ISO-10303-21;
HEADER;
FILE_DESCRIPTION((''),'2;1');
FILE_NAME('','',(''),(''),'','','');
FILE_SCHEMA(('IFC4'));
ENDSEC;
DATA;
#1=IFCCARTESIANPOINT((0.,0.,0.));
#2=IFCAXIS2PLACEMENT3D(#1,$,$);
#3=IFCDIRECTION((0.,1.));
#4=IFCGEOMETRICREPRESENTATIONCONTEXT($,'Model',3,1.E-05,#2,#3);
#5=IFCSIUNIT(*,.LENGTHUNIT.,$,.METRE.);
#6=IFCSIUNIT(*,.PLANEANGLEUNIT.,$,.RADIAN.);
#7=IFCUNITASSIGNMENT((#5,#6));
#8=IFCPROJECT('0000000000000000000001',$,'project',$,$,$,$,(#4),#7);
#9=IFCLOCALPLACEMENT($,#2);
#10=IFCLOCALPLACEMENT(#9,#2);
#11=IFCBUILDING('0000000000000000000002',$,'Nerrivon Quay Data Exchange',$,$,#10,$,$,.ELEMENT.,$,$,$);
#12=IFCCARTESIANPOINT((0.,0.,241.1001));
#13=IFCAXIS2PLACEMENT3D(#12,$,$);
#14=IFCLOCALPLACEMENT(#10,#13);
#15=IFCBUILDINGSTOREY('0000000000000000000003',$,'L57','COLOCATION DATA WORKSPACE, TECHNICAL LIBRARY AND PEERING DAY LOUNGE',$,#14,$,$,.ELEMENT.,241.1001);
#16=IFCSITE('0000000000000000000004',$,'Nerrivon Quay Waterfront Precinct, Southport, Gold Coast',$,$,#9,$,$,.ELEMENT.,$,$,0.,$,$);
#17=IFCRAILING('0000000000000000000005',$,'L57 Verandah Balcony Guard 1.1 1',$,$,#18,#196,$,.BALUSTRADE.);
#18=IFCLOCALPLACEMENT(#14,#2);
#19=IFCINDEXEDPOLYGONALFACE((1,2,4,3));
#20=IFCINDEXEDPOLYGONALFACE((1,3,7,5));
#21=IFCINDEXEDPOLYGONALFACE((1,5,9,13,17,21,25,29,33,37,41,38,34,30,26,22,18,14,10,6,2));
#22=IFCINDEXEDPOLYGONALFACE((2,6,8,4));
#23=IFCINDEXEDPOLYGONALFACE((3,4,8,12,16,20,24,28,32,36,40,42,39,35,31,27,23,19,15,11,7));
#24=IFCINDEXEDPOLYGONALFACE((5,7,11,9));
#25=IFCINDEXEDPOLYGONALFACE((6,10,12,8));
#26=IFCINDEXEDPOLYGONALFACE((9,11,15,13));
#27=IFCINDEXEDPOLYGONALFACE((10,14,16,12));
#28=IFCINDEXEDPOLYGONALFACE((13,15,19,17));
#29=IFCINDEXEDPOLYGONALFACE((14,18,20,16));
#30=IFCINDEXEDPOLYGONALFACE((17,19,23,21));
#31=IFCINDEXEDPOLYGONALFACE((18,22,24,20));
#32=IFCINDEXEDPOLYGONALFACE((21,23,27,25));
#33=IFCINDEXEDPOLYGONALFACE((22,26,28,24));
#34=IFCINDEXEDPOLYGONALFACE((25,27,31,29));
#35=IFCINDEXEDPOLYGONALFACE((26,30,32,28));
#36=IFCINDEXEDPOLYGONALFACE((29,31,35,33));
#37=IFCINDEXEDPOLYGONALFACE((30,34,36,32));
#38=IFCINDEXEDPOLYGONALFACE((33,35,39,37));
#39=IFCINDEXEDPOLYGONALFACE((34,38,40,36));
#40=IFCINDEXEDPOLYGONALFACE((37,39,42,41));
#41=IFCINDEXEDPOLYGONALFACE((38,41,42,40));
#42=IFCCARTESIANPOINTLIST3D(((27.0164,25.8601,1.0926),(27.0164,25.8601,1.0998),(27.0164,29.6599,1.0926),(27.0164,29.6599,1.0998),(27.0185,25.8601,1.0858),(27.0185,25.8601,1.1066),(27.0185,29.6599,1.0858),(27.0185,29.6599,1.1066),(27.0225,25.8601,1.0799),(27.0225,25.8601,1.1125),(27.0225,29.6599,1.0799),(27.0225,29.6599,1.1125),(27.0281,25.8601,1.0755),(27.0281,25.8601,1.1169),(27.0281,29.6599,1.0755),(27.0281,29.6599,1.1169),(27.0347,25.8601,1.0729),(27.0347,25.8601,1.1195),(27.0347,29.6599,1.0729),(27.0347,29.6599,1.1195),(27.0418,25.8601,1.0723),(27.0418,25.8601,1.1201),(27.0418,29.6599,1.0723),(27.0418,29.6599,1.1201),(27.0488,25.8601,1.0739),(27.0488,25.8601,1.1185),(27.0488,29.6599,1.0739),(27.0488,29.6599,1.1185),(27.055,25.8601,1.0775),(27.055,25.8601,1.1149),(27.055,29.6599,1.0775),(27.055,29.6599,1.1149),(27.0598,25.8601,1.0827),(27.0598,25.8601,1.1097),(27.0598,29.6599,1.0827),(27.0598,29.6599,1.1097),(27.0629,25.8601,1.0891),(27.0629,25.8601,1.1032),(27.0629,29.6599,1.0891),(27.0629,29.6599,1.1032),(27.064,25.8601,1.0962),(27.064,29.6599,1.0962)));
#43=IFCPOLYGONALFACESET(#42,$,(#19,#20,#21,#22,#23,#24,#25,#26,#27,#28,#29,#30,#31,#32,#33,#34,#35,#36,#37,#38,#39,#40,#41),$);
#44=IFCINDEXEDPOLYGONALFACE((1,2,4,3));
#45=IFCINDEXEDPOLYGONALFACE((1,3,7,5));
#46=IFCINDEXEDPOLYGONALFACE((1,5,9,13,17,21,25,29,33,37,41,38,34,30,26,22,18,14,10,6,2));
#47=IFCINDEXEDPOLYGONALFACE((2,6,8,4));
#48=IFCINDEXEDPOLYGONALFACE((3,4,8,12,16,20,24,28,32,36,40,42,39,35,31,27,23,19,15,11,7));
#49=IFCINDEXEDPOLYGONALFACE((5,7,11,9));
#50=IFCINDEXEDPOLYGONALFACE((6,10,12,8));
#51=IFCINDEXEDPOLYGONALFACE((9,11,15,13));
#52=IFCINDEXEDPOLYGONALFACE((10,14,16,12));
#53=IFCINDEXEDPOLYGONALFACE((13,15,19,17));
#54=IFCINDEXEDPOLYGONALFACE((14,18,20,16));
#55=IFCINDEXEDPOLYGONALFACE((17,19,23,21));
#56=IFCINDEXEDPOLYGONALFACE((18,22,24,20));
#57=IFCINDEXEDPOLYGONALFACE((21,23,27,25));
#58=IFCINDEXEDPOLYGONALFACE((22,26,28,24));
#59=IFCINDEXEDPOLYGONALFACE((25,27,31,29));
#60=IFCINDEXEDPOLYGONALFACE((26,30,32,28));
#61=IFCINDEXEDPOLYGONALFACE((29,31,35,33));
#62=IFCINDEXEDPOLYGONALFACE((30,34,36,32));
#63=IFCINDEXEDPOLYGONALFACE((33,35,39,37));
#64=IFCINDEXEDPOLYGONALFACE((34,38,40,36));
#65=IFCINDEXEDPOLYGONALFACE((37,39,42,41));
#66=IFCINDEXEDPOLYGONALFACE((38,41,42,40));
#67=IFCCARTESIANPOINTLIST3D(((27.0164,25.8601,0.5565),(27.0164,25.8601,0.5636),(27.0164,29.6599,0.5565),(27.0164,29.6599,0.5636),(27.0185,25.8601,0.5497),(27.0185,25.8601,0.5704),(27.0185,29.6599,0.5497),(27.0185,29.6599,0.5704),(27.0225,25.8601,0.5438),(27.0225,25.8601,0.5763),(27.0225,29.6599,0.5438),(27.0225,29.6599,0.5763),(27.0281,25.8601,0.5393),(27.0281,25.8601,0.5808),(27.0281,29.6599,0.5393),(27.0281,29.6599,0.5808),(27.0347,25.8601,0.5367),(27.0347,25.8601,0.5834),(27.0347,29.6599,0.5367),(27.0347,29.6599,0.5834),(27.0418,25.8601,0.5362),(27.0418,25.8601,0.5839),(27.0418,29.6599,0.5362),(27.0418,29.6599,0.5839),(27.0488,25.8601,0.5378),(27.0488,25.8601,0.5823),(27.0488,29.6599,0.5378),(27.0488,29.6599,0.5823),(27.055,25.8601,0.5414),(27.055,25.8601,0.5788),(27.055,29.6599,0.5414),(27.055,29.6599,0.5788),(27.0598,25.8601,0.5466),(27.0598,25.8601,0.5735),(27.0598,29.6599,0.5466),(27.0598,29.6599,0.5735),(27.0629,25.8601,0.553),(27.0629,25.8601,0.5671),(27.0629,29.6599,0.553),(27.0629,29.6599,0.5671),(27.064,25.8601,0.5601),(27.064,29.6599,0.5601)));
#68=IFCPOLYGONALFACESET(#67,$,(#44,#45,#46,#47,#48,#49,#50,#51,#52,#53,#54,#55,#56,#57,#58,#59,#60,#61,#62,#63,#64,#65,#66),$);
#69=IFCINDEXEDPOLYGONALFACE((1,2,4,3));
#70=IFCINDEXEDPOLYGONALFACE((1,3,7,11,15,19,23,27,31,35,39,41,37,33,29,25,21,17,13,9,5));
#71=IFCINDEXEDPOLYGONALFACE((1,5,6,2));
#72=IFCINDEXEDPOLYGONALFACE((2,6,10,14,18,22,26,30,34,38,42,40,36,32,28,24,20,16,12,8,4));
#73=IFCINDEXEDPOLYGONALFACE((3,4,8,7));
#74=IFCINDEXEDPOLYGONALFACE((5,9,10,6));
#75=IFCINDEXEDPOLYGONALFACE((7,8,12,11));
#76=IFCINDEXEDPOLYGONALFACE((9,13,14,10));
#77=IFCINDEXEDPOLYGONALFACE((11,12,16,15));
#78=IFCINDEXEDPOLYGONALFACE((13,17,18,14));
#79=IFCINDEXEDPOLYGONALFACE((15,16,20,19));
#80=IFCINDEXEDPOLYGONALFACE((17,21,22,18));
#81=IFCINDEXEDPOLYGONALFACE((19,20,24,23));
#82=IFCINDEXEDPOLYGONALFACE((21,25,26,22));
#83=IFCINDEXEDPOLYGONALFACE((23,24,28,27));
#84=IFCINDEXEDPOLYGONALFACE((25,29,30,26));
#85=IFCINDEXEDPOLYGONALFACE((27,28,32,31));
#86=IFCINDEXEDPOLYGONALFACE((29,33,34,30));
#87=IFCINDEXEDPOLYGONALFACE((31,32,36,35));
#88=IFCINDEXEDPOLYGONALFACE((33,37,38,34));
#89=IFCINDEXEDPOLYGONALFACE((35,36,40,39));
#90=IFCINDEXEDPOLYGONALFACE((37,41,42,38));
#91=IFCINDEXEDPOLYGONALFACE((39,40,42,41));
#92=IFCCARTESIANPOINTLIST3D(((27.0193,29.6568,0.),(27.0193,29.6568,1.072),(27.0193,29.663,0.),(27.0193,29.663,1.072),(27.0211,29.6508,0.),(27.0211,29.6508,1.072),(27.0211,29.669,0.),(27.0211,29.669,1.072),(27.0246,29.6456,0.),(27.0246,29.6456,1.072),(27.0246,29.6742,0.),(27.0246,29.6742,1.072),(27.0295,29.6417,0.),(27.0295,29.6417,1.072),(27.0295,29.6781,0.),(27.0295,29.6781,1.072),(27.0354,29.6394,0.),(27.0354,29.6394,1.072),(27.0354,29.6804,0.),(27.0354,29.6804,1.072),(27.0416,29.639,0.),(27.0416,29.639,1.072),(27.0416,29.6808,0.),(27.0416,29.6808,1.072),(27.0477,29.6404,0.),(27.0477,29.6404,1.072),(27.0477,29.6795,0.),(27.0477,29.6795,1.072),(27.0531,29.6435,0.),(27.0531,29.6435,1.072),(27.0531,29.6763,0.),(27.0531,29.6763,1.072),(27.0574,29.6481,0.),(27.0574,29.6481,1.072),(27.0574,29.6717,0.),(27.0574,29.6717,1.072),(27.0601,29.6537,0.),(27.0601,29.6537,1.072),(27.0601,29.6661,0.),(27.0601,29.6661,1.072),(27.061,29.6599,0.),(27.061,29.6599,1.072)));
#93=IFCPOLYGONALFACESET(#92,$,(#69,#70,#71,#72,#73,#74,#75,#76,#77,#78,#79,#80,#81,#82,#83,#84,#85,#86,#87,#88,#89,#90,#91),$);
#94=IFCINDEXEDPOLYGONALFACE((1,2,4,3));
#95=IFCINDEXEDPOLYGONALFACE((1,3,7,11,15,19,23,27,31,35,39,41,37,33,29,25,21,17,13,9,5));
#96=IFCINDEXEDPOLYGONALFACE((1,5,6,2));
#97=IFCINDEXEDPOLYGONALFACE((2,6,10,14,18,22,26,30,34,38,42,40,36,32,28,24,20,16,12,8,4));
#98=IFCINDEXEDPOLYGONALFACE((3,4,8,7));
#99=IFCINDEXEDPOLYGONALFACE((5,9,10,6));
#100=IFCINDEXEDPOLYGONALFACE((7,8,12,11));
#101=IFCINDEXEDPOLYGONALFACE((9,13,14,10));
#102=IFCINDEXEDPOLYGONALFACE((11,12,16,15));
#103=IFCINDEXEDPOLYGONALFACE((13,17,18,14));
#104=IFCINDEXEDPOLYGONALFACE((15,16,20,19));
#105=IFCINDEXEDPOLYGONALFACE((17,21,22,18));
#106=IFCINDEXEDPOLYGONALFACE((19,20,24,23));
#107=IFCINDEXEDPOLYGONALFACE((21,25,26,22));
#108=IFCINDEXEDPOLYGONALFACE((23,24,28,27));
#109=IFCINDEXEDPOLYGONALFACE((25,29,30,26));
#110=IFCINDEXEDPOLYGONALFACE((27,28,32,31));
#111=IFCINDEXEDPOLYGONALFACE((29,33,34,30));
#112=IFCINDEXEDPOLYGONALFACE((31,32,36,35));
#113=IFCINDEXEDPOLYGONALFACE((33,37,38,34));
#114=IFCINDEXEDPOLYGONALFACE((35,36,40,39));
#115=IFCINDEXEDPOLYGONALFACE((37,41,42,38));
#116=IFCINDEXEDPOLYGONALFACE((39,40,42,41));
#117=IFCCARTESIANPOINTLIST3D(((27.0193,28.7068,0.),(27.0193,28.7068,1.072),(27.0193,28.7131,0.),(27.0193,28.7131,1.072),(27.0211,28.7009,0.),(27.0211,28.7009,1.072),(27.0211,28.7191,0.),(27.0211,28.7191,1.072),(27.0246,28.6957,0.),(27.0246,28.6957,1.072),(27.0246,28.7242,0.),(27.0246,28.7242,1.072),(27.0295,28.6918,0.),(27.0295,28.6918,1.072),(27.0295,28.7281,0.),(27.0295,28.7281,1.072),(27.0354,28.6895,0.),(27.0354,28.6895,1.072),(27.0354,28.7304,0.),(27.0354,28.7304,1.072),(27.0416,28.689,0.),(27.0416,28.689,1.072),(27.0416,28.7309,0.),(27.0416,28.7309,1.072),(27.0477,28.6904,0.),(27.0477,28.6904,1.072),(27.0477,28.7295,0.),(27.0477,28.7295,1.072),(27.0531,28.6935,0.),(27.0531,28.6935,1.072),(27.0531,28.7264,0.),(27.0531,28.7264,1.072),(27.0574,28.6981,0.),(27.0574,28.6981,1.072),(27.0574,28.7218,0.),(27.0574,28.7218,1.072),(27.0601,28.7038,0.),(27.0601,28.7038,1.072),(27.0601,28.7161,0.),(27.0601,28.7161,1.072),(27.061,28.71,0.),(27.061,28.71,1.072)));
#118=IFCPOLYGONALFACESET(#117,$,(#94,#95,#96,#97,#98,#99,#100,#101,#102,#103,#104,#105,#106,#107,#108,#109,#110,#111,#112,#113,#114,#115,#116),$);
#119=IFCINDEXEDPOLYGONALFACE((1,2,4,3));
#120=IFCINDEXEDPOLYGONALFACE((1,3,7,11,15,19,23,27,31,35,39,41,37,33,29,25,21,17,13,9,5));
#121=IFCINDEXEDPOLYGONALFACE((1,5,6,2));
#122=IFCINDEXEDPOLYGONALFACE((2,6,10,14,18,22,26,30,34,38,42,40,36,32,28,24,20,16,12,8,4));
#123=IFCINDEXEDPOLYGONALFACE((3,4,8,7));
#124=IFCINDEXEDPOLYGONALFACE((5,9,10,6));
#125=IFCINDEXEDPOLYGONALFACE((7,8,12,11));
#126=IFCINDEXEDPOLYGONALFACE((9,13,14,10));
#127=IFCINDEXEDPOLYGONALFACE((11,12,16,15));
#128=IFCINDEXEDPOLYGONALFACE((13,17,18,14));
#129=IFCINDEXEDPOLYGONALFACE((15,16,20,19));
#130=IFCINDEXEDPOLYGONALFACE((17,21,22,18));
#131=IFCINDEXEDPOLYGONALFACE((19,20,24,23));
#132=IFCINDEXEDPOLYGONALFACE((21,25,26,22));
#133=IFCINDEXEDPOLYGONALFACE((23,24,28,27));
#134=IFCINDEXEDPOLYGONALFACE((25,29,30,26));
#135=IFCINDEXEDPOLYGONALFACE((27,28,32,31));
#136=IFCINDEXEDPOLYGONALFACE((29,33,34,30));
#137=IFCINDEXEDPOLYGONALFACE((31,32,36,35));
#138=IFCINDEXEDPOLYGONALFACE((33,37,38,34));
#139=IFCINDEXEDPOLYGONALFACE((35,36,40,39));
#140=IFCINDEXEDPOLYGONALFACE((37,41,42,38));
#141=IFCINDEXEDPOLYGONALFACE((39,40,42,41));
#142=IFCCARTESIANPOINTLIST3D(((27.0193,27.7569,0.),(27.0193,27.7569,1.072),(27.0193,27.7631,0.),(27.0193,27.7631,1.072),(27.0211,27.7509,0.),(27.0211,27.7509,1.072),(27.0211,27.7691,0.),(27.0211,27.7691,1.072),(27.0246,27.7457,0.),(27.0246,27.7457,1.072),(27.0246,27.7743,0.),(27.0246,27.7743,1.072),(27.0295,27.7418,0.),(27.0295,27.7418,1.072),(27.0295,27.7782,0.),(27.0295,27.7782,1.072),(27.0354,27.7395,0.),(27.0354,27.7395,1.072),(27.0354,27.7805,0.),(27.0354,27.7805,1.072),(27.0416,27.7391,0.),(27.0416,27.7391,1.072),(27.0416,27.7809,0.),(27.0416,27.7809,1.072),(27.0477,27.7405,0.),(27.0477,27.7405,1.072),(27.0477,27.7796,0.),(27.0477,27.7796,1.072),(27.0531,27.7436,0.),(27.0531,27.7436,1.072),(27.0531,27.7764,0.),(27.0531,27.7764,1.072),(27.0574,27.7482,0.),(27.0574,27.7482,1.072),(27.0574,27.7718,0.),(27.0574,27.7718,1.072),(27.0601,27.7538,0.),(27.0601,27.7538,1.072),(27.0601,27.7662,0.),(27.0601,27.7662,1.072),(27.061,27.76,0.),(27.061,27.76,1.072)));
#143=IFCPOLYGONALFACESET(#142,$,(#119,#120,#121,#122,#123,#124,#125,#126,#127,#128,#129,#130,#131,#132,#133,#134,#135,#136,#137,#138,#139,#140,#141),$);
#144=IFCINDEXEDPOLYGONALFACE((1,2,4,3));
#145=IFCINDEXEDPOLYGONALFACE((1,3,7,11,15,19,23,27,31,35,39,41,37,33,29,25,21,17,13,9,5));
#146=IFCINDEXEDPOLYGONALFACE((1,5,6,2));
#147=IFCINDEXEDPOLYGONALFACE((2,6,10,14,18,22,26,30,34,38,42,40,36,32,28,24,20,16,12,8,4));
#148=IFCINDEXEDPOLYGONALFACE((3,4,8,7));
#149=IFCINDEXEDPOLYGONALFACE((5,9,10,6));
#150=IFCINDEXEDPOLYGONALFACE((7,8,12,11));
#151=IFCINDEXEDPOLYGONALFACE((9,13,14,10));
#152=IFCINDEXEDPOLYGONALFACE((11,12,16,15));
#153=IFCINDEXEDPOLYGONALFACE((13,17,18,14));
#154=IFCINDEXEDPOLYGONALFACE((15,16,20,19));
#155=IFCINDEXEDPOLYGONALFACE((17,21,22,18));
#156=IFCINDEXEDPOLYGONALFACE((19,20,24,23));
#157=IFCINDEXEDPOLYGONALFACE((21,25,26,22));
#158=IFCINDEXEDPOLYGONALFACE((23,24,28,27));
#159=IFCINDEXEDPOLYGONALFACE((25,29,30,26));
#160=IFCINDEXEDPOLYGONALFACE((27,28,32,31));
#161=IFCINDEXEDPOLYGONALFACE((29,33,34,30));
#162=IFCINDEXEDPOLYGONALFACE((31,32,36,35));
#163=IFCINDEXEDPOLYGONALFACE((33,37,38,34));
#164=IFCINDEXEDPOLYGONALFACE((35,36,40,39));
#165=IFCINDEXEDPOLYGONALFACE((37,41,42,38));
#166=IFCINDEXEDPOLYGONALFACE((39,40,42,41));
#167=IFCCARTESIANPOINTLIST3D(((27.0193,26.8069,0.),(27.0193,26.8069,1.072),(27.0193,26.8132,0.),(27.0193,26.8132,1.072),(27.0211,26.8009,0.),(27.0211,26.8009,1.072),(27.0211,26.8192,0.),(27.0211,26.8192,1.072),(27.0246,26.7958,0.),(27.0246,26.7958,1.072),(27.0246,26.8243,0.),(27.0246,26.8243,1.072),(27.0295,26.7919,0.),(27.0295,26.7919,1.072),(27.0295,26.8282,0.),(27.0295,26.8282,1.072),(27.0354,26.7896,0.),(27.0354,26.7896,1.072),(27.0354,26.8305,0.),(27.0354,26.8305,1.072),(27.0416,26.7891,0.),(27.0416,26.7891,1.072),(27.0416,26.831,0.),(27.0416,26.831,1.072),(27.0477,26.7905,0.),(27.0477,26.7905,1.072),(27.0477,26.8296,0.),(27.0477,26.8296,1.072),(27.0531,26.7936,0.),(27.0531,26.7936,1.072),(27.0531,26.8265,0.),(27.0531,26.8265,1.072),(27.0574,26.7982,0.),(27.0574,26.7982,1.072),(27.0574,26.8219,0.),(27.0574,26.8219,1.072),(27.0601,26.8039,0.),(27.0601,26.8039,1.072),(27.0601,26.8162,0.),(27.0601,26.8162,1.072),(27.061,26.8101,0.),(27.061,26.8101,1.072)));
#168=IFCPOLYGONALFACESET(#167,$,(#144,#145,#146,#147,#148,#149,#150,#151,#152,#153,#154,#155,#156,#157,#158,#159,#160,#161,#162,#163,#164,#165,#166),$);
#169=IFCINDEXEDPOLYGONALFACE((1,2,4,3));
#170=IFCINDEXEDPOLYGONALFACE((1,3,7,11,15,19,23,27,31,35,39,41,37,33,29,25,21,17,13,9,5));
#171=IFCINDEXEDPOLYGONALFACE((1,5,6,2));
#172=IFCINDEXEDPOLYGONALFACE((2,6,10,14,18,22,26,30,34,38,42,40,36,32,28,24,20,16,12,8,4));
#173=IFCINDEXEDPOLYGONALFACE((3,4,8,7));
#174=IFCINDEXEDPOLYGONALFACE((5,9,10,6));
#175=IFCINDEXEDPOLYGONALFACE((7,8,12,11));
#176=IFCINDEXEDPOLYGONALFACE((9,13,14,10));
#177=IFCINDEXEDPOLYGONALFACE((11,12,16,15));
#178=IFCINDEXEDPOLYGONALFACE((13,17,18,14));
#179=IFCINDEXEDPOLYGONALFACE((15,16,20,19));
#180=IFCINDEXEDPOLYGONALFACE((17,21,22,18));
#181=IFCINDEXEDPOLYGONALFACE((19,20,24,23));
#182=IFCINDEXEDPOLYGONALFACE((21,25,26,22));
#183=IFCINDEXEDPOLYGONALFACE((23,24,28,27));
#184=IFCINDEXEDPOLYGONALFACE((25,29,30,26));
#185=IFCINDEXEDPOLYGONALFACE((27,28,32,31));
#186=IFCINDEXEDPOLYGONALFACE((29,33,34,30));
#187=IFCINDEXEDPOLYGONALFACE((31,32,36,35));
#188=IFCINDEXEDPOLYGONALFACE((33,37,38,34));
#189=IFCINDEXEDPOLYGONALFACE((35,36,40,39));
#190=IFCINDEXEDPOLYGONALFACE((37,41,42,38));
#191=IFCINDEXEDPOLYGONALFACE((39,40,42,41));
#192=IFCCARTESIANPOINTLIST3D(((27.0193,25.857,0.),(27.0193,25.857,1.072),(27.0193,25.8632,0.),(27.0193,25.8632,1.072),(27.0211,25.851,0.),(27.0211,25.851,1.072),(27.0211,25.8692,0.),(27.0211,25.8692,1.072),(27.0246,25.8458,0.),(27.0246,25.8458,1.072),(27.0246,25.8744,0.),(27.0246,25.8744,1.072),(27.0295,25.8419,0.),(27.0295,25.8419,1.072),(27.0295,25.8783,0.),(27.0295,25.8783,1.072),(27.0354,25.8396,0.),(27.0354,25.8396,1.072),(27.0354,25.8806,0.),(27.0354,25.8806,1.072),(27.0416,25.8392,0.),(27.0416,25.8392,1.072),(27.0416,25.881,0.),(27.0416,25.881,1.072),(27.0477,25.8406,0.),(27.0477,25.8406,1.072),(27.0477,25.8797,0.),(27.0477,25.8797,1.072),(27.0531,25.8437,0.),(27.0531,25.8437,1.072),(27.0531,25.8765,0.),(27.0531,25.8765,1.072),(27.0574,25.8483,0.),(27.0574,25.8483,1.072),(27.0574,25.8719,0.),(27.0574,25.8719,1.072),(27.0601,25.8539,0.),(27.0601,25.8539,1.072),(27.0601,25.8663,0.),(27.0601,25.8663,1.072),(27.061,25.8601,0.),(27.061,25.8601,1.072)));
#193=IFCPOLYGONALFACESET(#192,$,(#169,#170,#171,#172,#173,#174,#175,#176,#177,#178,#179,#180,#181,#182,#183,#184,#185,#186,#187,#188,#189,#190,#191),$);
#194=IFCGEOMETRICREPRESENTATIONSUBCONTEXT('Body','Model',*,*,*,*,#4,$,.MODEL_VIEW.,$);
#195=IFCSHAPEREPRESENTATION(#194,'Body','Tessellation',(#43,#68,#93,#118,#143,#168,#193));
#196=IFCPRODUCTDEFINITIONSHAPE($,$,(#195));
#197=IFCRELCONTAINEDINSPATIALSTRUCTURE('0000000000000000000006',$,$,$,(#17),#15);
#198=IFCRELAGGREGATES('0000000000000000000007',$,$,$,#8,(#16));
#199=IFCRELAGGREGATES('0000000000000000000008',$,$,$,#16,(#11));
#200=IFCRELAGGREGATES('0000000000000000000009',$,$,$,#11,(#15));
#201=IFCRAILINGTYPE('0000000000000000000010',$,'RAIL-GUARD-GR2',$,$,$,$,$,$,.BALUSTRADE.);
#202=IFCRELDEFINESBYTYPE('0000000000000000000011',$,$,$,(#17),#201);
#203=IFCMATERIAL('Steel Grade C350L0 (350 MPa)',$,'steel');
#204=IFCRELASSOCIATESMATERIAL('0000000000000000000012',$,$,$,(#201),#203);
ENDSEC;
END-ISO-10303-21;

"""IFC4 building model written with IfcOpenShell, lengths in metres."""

from ifc_helpers import new_model, si_unit, direction, frame, origin, origin_2d, place, context, subcontext, project, spatial, circle, extrude, material, type_object, element, save


model = new_model("IFC4")

# Units and contexts
model_context = context("Model", 3, precision=1e-05, world=origin(), true_north=direction((0.0, 1.0)))
body_context = subcontext(model_context, "Body", "Model", "MODEL_VIEW")
ifc_project = project(units=[si_unit("LENGTHUNIT", "METRE"), si_unit("PLANEANGLEUNIT", "RADIAN")], contexts=[model_context])

# Site, building, storey
site_placement = place(None, origin())
site = spatial("IfcSite", under=ifc_project, at=site_placement, Name="Nerrivon Quay Waterfront Precinct, Southport, Gold Coast", CompositionType="ELEMENT", RefElevation=0.0)
building_placement = place(site_placement, origin())
building = spatial("IfcBuilding", under=site, at=building_placement, Name="Nerrivon Quay Data Exchange", CompositionType="ELEMENT")
storey_placement = place(building_placement, frame((0.0, 0.0, 241.1001)))
storey = spatial("IfcBuildingStorey", under=building, at=storey_placement, Name="L57", Description="COLOCATION DATA WORKSPACE, TECHNICAL LIBRARY AND PEERING DAY LOUNGE", CompositionType="ELEMENT", Elevation=241.1001)

# Shared definitions
ifc_material_1 = material(Name="Steel Grade C350L0 (350 MPa)", Category="steel")

# Railing
railing_type = type_object("IfcRailingType", Name="RAIL-GUARD-GR2", PredefinedType="BALUSTRADE", material=ifc_material_1)
railing_1_placement = place(storey_placement, frame((27.04, 29.6599, 0.0)))
element("IfcRailing", 1, at=railing_1_placement, inside=storey, type_object=railing_type, Name="L57 Verandah Balcony Guard 1.1 1", PredefinedType="BALUSTRADE", context=body_context, shape_type="SweptSolid", body=[
    extrude(circle(Radius=0.0239, at=origin_2d()), frame((0.0, 0.0, 1.0962), z_axis=(0.0, -1.0, 0.0), x_axis=(1.0, 0.0, 0.0)), (0.0, 0.0, 1.0), 3.7998),
    extrude(circle(Radius=0.0239, at=origin_2d()), frame((0.0, 0.0, 0.5601), z_axis=(0.0, -1.0, 0.0), x_axis=(1.0, 0.0, 0.0)), (0.0, 0.0, 1.0), 3.7998),
    extrude(circle(Radius=0.021, at=origin_2d()), origin(), (0.0, 0.0, 1.0), 1.072),
    extrude(circle(Radius=0.021, at=origin_2d()), frame((0.0, -0.95, 0.0)), (0.0, 0.0, 1.0), 1.072),
    extrude(circle(Radius=0.021, at=origin_2d()), frame((0.0, -1.8999, 0.0)), (0.0, 0.0, 1.0), 1.072),
    extrude(circle(Radius=0.021, at=origin_2d()), frame((0.0, -2.8499, 0.0)), (0.0, 0.0, 1.0), 1.072),
    extrude(circle(Radius=0.021, at=origin_2d()), frame((0.0, -3.7998, 0.0)), (0.0, 0.0, 1.0), 1.072),
])

save(model, "model.ifc")
